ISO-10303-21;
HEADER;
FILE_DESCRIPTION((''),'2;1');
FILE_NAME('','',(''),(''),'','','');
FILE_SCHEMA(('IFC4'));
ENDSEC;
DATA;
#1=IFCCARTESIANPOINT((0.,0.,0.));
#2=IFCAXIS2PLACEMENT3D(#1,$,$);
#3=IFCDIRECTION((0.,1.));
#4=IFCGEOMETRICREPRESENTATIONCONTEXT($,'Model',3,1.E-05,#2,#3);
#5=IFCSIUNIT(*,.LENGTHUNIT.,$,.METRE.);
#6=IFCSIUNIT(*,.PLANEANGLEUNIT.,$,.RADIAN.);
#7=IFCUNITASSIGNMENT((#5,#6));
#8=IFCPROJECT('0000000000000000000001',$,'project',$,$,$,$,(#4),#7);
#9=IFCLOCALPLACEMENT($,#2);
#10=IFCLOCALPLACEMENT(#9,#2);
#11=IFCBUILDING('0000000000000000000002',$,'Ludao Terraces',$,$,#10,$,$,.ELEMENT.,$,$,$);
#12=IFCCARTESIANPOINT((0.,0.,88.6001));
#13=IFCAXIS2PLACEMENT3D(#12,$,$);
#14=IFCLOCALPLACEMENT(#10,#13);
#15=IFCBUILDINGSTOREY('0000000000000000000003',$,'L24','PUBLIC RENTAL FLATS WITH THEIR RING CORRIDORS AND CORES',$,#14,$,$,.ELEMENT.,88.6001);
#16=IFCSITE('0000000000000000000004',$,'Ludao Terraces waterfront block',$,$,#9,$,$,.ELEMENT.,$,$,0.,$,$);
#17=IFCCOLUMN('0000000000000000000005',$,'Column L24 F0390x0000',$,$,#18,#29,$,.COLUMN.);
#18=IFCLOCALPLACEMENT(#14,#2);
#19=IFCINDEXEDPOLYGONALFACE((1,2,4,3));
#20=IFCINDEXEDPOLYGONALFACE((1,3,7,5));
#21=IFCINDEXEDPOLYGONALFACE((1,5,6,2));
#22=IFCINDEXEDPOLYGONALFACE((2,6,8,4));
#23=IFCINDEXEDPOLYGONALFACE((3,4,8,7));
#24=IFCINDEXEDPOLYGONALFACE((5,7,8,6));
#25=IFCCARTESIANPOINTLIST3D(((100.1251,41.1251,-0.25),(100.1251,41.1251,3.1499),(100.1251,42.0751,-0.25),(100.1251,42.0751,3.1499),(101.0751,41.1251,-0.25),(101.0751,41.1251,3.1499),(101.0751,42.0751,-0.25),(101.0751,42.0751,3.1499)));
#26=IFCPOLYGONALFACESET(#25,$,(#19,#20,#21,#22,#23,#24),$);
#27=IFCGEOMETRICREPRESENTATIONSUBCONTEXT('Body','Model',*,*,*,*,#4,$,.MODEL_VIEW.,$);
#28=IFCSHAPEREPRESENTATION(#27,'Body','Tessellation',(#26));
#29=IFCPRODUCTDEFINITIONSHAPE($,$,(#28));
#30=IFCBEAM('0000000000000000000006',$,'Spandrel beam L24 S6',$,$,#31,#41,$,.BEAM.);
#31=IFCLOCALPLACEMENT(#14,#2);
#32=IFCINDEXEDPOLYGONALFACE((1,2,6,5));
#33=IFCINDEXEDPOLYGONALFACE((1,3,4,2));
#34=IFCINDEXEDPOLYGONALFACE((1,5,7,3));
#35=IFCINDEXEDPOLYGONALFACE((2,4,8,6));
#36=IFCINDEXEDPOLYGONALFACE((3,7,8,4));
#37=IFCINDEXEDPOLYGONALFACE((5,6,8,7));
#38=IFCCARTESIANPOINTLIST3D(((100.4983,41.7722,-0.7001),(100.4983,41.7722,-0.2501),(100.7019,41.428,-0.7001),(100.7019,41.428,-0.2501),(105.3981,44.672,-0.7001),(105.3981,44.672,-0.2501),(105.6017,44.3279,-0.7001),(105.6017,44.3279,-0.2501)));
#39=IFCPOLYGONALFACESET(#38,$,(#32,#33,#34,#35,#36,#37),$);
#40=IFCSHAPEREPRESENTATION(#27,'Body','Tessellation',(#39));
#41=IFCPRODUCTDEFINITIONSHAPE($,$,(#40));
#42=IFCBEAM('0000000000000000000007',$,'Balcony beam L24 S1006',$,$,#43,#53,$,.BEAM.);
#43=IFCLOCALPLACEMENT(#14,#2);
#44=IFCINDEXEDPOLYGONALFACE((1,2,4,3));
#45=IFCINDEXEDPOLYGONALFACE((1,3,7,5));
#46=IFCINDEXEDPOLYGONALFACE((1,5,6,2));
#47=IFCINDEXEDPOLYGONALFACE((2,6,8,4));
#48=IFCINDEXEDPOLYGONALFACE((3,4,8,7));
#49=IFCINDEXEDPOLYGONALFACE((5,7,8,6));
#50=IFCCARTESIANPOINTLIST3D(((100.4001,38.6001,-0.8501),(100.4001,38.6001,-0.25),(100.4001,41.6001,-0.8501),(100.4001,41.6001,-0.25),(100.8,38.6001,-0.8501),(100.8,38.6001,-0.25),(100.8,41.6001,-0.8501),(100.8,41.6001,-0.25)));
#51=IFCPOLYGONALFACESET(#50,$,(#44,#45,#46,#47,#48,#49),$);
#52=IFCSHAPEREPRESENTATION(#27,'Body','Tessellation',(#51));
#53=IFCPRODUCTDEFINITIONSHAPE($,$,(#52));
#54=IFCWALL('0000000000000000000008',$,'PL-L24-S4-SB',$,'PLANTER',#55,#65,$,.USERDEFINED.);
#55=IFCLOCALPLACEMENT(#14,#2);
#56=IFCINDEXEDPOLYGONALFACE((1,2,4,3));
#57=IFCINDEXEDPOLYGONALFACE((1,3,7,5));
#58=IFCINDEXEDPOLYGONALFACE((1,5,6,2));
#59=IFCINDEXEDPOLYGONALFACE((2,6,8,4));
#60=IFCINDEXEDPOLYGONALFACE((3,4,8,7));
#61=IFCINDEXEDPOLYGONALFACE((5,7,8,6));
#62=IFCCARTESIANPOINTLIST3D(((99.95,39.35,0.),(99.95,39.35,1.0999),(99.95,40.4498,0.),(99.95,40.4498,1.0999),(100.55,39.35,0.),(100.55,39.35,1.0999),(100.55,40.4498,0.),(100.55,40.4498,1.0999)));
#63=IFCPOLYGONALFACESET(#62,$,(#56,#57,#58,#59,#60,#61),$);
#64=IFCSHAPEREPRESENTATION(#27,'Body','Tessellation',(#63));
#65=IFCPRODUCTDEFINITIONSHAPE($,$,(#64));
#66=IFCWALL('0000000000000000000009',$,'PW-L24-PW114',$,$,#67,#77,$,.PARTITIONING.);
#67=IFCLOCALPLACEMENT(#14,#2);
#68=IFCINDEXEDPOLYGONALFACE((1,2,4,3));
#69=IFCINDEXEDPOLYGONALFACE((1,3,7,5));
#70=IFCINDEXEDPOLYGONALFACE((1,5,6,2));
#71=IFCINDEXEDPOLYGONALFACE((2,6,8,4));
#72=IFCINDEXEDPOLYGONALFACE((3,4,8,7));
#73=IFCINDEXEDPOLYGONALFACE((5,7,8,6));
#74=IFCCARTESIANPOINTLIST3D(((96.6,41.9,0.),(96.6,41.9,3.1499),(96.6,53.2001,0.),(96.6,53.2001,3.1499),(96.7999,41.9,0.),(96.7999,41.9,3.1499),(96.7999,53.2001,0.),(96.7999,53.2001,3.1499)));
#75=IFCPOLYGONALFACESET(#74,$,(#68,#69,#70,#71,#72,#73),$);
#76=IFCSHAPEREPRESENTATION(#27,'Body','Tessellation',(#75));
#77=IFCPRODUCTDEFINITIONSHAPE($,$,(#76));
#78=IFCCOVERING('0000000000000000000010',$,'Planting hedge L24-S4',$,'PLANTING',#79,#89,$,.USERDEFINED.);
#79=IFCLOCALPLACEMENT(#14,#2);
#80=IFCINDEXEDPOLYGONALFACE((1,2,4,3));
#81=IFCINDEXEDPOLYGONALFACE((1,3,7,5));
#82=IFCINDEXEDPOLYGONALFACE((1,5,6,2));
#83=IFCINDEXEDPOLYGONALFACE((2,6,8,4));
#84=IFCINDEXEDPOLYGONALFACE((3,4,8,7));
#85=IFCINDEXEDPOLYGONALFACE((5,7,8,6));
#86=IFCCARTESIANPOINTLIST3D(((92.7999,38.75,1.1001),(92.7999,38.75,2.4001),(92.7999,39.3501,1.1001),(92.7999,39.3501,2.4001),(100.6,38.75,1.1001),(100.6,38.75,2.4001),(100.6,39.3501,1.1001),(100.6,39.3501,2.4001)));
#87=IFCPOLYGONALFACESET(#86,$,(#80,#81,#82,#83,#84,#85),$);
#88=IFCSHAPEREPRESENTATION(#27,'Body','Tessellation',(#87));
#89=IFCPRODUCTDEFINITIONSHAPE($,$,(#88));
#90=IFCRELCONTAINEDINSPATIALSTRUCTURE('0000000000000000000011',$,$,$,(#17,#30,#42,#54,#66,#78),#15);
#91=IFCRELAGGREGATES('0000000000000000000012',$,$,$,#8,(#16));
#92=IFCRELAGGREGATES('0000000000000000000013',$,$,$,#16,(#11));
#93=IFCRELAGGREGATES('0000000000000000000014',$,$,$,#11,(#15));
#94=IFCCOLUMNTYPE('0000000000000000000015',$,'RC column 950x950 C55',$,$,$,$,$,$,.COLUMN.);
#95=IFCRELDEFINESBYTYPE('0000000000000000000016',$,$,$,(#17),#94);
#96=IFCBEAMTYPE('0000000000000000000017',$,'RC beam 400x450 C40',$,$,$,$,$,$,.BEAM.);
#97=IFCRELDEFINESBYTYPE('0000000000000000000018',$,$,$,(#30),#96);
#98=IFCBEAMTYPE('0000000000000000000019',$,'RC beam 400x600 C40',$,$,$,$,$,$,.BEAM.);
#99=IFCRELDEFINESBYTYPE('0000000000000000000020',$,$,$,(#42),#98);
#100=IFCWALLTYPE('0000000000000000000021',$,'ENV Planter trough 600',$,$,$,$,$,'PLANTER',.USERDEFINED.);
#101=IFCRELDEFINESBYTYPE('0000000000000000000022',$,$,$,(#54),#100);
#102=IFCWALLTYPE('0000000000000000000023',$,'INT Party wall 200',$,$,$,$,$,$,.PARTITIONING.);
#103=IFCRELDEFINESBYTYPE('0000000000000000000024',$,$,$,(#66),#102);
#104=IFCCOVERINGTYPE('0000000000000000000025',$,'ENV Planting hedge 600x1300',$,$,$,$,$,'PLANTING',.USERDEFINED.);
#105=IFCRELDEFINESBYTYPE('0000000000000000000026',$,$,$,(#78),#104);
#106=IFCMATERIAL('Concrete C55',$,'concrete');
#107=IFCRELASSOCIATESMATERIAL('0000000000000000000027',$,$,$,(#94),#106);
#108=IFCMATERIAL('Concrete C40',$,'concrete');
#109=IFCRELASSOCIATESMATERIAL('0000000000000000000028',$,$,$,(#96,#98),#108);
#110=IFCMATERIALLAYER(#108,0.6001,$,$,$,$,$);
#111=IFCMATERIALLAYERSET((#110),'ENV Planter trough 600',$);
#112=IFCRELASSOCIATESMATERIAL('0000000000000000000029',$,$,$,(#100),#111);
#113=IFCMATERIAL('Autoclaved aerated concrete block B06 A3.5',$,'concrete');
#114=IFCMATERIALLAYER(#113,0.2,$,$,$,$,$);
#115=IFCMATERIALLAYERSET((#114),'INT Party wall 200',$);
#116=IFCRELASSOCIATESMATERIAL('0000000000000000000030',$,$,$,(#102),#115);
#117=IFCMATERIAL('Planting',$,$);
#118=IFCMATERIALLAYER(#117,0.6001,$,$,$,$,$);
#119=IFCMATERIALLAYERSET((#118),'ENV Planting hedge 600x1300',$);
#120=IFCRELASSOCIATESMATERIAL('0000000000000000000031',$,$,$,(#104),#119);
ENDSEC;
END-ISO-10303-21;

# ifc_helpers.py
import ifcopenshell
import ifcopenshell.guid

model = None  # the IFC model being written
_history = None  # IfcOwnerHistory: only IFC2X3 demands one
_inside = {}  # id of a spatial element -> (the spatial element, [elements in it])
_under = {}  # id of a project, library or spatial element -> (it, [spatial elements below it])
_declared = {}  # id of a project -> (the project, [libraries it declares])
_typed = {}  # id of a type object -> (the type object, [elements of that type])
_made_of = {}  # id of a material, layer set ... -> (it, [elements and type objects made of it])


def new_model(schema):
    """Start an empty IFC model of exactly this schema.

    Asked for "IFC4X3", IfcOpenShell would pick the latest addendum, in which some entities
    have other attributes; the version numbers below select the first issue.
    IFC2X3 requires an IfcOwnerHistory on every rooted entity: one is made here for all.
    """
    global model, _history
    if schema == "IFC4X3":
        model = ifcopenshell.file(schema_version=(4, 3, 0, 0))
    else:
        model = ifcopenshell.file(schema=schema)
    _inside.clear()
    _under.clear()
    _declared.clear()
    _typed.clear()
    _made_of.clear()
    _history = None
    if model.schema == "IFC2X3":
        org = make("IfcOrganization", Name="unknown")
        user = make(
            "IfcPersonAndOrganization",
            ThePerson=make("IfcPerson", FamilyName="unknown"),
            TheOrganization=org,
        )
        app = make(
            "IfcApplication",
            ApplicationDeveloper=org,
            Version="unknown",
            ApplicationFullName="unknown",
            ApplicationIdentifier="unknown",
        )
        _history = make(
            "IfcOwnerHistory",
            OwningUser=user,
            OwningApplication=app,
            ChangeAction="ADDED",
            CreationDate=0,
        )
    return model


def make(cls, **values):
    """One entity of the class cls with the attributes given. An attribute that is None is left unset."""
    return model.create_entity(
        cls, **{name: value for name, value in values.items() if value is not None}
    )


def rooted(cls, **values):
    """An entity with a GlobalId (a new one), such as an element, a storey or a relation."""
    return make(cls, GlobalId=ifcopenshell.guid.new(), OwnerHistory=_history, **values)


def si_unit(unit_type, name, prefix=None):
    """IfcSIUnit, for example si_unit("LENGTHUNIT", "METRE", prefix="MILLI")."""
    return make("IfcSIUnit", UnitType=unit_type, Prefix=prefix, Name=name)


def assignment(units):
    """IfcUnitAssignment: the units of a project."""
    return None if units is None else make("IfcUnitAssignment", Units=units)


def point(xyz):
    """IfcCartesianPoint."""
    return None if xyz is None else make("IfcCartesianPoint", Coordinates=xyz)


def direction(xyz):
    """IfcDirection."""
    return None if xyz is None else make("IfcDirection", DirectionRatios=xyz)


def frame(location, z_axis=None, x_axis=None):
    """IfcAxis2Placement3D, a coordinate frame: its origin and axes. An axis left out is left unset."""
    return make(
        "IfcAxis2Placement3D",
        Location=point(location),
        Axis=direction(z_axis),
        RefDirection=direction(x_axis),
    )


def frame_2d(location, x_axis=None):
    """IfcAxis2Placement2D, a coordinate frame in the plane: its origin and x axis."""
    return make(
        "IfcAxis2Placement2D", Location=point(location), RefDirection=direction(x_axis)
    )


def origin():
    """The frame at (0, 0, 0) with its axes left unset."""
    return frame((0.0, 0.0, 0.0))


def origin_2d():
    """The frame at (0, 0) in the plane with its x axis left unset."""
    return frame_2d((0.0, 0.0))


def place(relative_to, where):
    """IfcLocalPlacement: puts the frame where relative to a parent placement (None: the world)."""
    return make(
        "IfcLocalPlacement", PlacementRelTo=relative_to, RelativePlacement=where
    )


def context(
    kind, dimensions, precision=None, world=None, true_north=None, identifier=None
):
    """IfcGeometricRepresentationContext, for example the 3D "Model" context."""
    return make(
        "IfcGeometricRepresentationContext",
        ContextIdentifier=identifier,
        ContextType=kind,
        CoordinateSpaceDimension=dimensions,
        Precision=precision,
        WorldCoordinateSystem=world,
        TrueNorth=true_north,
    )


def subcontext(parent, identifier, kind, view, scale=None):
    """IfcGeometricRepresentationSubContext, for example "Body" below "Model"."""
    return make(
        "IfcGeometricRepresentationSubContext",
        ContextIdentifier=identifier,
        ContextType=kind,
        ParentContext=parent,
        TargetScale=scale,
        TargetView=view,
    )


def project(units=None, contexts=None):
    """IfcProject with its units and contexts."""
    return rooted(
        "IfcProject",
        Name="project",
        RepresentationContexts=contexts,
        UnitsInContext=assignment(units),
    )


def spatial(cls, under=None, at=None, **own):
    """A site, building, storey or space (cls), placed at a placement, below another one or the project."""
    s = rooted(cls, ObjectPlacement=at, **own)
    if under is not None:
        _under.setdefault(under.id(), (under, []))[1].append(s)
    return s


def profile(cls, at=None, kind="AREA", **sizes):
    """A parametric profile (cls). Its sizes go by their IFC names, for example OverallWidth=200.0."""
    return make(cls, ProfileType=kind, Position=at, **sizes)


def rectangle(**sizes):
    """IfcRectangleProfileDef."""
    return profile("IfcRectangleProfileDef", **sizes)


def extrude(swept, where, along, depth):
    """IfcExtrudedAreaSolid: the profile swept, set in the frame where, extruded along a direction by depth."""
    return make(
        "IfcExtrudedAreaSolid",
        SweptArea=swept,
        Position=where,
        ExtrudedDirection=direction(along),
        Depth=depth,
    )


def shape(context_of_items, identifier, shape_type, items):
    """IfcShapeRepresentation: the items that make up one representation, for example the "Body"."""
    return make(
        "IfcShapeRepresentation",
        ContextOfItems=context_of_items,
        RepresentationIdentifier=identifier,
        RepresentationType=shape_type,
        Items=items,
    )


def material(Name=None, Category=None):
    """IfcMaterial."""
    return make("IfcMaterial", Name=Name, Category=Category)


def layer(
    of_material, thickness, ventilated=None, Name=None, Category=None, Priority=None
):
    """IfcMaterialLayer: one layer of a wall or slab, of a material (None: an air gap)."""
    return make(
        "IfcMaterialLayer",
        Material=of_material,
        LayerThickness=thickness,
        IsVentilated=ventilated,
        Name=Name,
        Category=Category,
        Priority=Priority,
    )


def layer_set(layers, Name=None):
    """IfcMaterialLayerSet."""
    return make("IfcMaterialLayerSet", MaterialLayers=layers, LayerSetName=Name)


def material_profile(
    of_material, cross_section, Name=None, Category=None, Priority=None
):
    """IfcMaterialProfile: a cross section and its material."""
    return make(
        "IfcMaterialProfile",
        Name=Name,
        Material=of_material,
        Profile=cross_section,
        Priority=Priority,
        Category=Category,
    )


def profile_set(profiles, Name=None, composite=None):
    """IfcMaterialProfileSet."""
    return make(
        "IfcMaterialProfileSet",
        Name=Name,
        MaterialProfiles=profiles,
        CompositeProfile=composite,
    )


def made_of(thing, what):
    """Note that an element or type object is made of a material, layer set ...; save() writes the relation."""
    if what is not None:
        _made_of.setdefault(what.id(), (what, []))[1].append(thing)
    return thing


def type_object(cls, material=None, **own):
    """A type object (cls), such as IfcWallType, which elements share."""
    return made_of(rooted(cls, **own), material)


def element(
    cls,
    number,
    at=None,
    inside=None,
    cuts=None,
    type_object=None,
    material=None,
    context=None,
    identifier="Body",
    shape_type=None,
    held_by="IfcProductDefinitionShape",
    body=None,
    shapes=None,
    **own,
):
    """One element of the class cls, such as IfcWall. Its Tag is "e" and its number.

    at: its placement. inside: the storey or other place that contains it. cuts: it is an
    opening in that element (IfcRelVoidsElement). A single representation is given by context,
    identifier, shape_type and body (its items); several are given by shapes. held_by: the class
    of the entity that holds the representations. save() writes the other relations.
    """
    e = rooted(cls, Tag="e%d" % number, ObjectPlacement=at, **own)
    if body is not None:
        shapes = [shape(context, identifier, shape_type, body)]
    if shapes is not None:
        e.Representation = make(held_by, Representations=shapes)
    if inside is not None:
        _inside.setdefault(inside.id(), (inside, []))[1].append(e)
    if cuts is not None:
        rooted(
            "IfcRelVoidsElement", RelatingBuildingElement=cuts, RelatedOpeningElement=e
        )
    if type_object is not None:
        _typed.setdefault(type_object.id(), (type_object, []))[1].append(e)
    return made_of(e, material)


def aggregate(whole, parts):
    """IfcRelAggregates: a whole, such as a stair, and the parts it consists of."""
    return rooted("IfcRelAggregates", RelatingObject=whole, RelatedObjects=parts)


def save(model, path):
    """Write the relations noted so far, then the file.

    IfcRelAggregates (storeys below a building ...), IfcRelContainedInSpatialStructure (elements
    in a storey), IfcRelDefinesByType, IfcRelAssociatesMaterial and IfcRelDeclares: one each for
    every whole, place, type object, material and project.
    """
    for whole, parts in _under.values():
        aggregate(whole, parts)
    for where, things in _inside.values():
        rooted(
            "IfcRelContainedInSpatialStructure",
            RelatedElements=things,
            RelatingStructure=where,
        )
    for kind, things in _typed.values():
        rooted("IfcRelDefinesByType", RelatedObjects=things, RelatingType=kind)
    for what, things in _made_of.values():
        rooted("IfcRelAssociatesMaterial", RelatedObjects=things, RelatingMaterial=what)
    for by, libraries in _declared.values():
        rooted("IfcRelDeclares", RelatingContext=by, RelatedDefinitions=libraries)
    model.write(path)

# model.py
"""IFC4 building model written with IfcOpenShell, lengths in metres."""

from ifc_helpers import new_model, si_unit, direction, frame, frame_2d, origin, origin_2d, place, context, subcontext, project, spatial, rectangle, extrude, material, layer, layer_set, material_profile, profile_set, type_object, element, save


model = new_model("IFC4")

# Units and contexts
model_context = context("Model", 3, precision=1e-05, world=origin(), true_north=direction((0.0, 1.0)))
body_context = subcontext(model_context, "Body", "Model", "MODEL_VIEW")
ifc_project = project(units=[si_unit("LENGTHUNIT", "METRE"), si_unit("PLANEANGLEUNIT", "RADIAN")], contexts=[model_context])

# Site, building, storey
site_placement = place(None, origin())
site = spatial("IfcSite", under=ifc_project, at=site_placement, Name="Ludao Terraces waterfront block", CompositionType="ELEMENT", RefElevation=0.0)
building_placement = place(site_placement, origin())
building = spatial("IfcBuilding", under=site, at=building_placement, Name="Ludao Terraces", CompositionType="ELEMENT")
storey_placement = place(building_placement, frame((0.0, 0.0, 88.6001)))
storey = spatial("IfcBuildingStorey", under=building, at=storey_placement, Name="L24", Description="PUBLIC RENTAL FLATS WITH THEIR RING CORRIDORS AND CORES", CompositionType="ELEMENT", Elevation=88.6001)

# Column
ifc_material_1 = material(Name="Concrete C55", Category="concrete")
ifc_material_profile_1 = material_profile(ifc_material_1, rectangle(XDim=0.95, YDim=0.95, at=origin_2d()), Name="950 X 950")
ifc_profile_set_1 = profile_set([ifc_material_profile_1], Name="Concrete C55")
column_type = type_object("IfcColumnType", Name="RC column 950x950 C55", PredefinedType="COLUMN", material=ifc_profile_set_1)
column_placement = place(storey_placement, frame((100.6001, 41.6001, -0.25), z_axis=(0.0, 0.0, 1.0), x_axis=(1.0, 0.0, 0.0)))
element("IfcColumn", 1, at=column_placement, inside=storey, type_object=column_type, Name="Column L24 F0390x0000", PredefinedType="COLUMN", context=body_context, shape_type="SweptSolid", body=[
    extrude(rectangle(XDim=0.95, YDim=0.95, at=origin_2d()), origin(), (0.0, 0.0, 1.0), 3.3999),
])

# Beams
ifc_material_2 = material(Name="Concrete C40", Category="concrete")
ifc_material_profile_2 = material_profile(ifc_material_2, rectangle(XDim=0.3999, YDim=0.45, at=origin_2d()), Name="400 X 450")
ifc_profile_set_2 = profile_set([ifc_material_profile_2], Name="Concrete C40")
beam_type_1 = type_object("IfcBeamType", Name="RC beam 400x450 C40", PredefinedType="BEAM", material=ifc_profile_set_2)
beam_1_placement = place(storey_placement, frame((100.6001, 41.6001, -0.4751), z_axis=(0.86058, 0.509316, 0.0), x_axis=(-0.509316, 0.86058, 0.0)))
element("IfcBeam", 2, at=beam_1_placement, inside=storey, type_object=beam_type_1, Name="Spandrel beam L24 S6", PredefinedType="BEAM", context=body_context, shape_type="SweptSolid", body=[
    extrude(rectangle(XDim=0.3999, YDim=0.45, at=origin_2d()), origin(), (0.0, 0.0, 1.0), 5.6936),
])
ifc_material_profile_3 = material_profile(ifc_material_2, rectangle(XDim=0.3999, YDim=0.6001, at=origin_2d()), Name="400 X 600")
ifc_profile_set_3 = profile_set([ifc_material_profile_3], Name="Concrete C40")
beam_type_2 = type_object("IfcBeamType", Name="RC beam 400x600 C40", PredefinedType="BEAM", material=ifc_profile_set_3)
beam_2_placement = place(storey_placement, frame((100.6001, 41.6001, -0.55), z_axis=(0.0, -1.0, 0.0), x_axis=(1.0, 0.0, 0.0)))
element("IfcBeam", 3, at=beam_2_placement, inside=storey, type_object=beam_type_2, Name="Balcony beam L24 S1006", PredefinedType="BEAM", context=body_context, shape_type="SweptSolid", body=[
    extrude(rectangle(XDim=0.3999, YDim=0.6001, at=origin_2d()), origin(), (0.0, 0.0, 1.0), 3.0),
])

# Walls
ifc_layer_1 = layer(ifc_material_2, 0.6001)
ifc_layer_set_1 = layer_set([ifc_layer_1], Name="ENV Planter trough 600")
wall_type_1 = type_object("IfcWallType", Name="ENV Planter trough 600", ElementType="PLANTER", PredefinedType="USERDEFINED", material=ifc_layer_set_1)
wall_1_placement = place(storey_placement, frame((100.25, 39.3501, 0.0), z_axis=(0.0, 0.0, 1.0), x_axis=(0.0, 1.0, 0.0)))
element("IfcWall", 4, at=wall_1_placement, inside=storey, type_object=wall_type_1, Name="PL-L24-S4-SB", ObjectType="PLANTER", PredefinedType="USERDEFINED", context=body_context, shape_type="SweptSolid", body=[
    extrude(rectangle(XDim=1.0999, YDim=0.6001, at=frame_2d((0.5498, 0.0))), origin(), (0.0, 0.0, 1.0), 1.0999),
])
ifc_material_3 = material(Name="Autoclaved aerated concrete block B06 A3.5", Category="concrete")
ifc_layer_2 = layer(ifc_material_3, 0.2)
ifc_layer_set_2 = layer_set([ifc_layer_2], Name="INT Party wall 200")
wall_type_2 = type_object("IfcWallType", Name="INT Party wall 200", PredefinedType="PARTITIONING", material=ifc_layer_set_2)
wall_2_placement = place(storey_placement, frame((96.7, 41.9001, 0.0), z_axis=(0.0, 0.0, 1.0), x_axis=(0.0, 1.0, 0.0)))
element("IfcWall", 5, at=wall_2_placement, inside=storey, type_object=wall_type_2, Name="PW-L24-PW114", PredefinedType="PARTITIONING", context=body_context, shape_type="SweptSolid", body=[
    extrude(rectangle(XDim=11.3, YDim=0.2, at=frame_2d((5.6499, 0.0))), origin(), (0.0, 0.0, 1.0), 3.1499),
])

# Covering
ifc_material_4 = material(Name="Planting")
ifc_layer_3 = layer(ifc_material_4, 0.6001)
ifc_layer_set_3 = layer_set([ifc_layer_3], Name="ENV Planting hedge 600x1300")
covering_type = type_object("IfcCoveringType", Name="ENV Planting hedge 600x1300", ElementType="PLANTING", PredefinedType="USERDEFINED", material=ifc_layer_set_3)
covering_placement = place(storey_placement, frame((96.7, 39.05, 1.1001), z_axis=(0.0, 0.0, 1.0), x_axis=(1.0, 0.0, 0.0)))
element("IfcCovering", 6, at=covering_placement, inside=storey, type_object=covering_type, Name="Planting hedge L24-S4", ObjectType="PLANTING", PredefinedType="USERDEFINED", context=body_context, shape_type="SweptSolid", body=[
    extrude(rectangle(XDim=7.8, YDim=0.6001, at=origin_2d()), origin(), (0.0, 0.0, 1.0), 1.3),
])

save(model, "model.ifc")
